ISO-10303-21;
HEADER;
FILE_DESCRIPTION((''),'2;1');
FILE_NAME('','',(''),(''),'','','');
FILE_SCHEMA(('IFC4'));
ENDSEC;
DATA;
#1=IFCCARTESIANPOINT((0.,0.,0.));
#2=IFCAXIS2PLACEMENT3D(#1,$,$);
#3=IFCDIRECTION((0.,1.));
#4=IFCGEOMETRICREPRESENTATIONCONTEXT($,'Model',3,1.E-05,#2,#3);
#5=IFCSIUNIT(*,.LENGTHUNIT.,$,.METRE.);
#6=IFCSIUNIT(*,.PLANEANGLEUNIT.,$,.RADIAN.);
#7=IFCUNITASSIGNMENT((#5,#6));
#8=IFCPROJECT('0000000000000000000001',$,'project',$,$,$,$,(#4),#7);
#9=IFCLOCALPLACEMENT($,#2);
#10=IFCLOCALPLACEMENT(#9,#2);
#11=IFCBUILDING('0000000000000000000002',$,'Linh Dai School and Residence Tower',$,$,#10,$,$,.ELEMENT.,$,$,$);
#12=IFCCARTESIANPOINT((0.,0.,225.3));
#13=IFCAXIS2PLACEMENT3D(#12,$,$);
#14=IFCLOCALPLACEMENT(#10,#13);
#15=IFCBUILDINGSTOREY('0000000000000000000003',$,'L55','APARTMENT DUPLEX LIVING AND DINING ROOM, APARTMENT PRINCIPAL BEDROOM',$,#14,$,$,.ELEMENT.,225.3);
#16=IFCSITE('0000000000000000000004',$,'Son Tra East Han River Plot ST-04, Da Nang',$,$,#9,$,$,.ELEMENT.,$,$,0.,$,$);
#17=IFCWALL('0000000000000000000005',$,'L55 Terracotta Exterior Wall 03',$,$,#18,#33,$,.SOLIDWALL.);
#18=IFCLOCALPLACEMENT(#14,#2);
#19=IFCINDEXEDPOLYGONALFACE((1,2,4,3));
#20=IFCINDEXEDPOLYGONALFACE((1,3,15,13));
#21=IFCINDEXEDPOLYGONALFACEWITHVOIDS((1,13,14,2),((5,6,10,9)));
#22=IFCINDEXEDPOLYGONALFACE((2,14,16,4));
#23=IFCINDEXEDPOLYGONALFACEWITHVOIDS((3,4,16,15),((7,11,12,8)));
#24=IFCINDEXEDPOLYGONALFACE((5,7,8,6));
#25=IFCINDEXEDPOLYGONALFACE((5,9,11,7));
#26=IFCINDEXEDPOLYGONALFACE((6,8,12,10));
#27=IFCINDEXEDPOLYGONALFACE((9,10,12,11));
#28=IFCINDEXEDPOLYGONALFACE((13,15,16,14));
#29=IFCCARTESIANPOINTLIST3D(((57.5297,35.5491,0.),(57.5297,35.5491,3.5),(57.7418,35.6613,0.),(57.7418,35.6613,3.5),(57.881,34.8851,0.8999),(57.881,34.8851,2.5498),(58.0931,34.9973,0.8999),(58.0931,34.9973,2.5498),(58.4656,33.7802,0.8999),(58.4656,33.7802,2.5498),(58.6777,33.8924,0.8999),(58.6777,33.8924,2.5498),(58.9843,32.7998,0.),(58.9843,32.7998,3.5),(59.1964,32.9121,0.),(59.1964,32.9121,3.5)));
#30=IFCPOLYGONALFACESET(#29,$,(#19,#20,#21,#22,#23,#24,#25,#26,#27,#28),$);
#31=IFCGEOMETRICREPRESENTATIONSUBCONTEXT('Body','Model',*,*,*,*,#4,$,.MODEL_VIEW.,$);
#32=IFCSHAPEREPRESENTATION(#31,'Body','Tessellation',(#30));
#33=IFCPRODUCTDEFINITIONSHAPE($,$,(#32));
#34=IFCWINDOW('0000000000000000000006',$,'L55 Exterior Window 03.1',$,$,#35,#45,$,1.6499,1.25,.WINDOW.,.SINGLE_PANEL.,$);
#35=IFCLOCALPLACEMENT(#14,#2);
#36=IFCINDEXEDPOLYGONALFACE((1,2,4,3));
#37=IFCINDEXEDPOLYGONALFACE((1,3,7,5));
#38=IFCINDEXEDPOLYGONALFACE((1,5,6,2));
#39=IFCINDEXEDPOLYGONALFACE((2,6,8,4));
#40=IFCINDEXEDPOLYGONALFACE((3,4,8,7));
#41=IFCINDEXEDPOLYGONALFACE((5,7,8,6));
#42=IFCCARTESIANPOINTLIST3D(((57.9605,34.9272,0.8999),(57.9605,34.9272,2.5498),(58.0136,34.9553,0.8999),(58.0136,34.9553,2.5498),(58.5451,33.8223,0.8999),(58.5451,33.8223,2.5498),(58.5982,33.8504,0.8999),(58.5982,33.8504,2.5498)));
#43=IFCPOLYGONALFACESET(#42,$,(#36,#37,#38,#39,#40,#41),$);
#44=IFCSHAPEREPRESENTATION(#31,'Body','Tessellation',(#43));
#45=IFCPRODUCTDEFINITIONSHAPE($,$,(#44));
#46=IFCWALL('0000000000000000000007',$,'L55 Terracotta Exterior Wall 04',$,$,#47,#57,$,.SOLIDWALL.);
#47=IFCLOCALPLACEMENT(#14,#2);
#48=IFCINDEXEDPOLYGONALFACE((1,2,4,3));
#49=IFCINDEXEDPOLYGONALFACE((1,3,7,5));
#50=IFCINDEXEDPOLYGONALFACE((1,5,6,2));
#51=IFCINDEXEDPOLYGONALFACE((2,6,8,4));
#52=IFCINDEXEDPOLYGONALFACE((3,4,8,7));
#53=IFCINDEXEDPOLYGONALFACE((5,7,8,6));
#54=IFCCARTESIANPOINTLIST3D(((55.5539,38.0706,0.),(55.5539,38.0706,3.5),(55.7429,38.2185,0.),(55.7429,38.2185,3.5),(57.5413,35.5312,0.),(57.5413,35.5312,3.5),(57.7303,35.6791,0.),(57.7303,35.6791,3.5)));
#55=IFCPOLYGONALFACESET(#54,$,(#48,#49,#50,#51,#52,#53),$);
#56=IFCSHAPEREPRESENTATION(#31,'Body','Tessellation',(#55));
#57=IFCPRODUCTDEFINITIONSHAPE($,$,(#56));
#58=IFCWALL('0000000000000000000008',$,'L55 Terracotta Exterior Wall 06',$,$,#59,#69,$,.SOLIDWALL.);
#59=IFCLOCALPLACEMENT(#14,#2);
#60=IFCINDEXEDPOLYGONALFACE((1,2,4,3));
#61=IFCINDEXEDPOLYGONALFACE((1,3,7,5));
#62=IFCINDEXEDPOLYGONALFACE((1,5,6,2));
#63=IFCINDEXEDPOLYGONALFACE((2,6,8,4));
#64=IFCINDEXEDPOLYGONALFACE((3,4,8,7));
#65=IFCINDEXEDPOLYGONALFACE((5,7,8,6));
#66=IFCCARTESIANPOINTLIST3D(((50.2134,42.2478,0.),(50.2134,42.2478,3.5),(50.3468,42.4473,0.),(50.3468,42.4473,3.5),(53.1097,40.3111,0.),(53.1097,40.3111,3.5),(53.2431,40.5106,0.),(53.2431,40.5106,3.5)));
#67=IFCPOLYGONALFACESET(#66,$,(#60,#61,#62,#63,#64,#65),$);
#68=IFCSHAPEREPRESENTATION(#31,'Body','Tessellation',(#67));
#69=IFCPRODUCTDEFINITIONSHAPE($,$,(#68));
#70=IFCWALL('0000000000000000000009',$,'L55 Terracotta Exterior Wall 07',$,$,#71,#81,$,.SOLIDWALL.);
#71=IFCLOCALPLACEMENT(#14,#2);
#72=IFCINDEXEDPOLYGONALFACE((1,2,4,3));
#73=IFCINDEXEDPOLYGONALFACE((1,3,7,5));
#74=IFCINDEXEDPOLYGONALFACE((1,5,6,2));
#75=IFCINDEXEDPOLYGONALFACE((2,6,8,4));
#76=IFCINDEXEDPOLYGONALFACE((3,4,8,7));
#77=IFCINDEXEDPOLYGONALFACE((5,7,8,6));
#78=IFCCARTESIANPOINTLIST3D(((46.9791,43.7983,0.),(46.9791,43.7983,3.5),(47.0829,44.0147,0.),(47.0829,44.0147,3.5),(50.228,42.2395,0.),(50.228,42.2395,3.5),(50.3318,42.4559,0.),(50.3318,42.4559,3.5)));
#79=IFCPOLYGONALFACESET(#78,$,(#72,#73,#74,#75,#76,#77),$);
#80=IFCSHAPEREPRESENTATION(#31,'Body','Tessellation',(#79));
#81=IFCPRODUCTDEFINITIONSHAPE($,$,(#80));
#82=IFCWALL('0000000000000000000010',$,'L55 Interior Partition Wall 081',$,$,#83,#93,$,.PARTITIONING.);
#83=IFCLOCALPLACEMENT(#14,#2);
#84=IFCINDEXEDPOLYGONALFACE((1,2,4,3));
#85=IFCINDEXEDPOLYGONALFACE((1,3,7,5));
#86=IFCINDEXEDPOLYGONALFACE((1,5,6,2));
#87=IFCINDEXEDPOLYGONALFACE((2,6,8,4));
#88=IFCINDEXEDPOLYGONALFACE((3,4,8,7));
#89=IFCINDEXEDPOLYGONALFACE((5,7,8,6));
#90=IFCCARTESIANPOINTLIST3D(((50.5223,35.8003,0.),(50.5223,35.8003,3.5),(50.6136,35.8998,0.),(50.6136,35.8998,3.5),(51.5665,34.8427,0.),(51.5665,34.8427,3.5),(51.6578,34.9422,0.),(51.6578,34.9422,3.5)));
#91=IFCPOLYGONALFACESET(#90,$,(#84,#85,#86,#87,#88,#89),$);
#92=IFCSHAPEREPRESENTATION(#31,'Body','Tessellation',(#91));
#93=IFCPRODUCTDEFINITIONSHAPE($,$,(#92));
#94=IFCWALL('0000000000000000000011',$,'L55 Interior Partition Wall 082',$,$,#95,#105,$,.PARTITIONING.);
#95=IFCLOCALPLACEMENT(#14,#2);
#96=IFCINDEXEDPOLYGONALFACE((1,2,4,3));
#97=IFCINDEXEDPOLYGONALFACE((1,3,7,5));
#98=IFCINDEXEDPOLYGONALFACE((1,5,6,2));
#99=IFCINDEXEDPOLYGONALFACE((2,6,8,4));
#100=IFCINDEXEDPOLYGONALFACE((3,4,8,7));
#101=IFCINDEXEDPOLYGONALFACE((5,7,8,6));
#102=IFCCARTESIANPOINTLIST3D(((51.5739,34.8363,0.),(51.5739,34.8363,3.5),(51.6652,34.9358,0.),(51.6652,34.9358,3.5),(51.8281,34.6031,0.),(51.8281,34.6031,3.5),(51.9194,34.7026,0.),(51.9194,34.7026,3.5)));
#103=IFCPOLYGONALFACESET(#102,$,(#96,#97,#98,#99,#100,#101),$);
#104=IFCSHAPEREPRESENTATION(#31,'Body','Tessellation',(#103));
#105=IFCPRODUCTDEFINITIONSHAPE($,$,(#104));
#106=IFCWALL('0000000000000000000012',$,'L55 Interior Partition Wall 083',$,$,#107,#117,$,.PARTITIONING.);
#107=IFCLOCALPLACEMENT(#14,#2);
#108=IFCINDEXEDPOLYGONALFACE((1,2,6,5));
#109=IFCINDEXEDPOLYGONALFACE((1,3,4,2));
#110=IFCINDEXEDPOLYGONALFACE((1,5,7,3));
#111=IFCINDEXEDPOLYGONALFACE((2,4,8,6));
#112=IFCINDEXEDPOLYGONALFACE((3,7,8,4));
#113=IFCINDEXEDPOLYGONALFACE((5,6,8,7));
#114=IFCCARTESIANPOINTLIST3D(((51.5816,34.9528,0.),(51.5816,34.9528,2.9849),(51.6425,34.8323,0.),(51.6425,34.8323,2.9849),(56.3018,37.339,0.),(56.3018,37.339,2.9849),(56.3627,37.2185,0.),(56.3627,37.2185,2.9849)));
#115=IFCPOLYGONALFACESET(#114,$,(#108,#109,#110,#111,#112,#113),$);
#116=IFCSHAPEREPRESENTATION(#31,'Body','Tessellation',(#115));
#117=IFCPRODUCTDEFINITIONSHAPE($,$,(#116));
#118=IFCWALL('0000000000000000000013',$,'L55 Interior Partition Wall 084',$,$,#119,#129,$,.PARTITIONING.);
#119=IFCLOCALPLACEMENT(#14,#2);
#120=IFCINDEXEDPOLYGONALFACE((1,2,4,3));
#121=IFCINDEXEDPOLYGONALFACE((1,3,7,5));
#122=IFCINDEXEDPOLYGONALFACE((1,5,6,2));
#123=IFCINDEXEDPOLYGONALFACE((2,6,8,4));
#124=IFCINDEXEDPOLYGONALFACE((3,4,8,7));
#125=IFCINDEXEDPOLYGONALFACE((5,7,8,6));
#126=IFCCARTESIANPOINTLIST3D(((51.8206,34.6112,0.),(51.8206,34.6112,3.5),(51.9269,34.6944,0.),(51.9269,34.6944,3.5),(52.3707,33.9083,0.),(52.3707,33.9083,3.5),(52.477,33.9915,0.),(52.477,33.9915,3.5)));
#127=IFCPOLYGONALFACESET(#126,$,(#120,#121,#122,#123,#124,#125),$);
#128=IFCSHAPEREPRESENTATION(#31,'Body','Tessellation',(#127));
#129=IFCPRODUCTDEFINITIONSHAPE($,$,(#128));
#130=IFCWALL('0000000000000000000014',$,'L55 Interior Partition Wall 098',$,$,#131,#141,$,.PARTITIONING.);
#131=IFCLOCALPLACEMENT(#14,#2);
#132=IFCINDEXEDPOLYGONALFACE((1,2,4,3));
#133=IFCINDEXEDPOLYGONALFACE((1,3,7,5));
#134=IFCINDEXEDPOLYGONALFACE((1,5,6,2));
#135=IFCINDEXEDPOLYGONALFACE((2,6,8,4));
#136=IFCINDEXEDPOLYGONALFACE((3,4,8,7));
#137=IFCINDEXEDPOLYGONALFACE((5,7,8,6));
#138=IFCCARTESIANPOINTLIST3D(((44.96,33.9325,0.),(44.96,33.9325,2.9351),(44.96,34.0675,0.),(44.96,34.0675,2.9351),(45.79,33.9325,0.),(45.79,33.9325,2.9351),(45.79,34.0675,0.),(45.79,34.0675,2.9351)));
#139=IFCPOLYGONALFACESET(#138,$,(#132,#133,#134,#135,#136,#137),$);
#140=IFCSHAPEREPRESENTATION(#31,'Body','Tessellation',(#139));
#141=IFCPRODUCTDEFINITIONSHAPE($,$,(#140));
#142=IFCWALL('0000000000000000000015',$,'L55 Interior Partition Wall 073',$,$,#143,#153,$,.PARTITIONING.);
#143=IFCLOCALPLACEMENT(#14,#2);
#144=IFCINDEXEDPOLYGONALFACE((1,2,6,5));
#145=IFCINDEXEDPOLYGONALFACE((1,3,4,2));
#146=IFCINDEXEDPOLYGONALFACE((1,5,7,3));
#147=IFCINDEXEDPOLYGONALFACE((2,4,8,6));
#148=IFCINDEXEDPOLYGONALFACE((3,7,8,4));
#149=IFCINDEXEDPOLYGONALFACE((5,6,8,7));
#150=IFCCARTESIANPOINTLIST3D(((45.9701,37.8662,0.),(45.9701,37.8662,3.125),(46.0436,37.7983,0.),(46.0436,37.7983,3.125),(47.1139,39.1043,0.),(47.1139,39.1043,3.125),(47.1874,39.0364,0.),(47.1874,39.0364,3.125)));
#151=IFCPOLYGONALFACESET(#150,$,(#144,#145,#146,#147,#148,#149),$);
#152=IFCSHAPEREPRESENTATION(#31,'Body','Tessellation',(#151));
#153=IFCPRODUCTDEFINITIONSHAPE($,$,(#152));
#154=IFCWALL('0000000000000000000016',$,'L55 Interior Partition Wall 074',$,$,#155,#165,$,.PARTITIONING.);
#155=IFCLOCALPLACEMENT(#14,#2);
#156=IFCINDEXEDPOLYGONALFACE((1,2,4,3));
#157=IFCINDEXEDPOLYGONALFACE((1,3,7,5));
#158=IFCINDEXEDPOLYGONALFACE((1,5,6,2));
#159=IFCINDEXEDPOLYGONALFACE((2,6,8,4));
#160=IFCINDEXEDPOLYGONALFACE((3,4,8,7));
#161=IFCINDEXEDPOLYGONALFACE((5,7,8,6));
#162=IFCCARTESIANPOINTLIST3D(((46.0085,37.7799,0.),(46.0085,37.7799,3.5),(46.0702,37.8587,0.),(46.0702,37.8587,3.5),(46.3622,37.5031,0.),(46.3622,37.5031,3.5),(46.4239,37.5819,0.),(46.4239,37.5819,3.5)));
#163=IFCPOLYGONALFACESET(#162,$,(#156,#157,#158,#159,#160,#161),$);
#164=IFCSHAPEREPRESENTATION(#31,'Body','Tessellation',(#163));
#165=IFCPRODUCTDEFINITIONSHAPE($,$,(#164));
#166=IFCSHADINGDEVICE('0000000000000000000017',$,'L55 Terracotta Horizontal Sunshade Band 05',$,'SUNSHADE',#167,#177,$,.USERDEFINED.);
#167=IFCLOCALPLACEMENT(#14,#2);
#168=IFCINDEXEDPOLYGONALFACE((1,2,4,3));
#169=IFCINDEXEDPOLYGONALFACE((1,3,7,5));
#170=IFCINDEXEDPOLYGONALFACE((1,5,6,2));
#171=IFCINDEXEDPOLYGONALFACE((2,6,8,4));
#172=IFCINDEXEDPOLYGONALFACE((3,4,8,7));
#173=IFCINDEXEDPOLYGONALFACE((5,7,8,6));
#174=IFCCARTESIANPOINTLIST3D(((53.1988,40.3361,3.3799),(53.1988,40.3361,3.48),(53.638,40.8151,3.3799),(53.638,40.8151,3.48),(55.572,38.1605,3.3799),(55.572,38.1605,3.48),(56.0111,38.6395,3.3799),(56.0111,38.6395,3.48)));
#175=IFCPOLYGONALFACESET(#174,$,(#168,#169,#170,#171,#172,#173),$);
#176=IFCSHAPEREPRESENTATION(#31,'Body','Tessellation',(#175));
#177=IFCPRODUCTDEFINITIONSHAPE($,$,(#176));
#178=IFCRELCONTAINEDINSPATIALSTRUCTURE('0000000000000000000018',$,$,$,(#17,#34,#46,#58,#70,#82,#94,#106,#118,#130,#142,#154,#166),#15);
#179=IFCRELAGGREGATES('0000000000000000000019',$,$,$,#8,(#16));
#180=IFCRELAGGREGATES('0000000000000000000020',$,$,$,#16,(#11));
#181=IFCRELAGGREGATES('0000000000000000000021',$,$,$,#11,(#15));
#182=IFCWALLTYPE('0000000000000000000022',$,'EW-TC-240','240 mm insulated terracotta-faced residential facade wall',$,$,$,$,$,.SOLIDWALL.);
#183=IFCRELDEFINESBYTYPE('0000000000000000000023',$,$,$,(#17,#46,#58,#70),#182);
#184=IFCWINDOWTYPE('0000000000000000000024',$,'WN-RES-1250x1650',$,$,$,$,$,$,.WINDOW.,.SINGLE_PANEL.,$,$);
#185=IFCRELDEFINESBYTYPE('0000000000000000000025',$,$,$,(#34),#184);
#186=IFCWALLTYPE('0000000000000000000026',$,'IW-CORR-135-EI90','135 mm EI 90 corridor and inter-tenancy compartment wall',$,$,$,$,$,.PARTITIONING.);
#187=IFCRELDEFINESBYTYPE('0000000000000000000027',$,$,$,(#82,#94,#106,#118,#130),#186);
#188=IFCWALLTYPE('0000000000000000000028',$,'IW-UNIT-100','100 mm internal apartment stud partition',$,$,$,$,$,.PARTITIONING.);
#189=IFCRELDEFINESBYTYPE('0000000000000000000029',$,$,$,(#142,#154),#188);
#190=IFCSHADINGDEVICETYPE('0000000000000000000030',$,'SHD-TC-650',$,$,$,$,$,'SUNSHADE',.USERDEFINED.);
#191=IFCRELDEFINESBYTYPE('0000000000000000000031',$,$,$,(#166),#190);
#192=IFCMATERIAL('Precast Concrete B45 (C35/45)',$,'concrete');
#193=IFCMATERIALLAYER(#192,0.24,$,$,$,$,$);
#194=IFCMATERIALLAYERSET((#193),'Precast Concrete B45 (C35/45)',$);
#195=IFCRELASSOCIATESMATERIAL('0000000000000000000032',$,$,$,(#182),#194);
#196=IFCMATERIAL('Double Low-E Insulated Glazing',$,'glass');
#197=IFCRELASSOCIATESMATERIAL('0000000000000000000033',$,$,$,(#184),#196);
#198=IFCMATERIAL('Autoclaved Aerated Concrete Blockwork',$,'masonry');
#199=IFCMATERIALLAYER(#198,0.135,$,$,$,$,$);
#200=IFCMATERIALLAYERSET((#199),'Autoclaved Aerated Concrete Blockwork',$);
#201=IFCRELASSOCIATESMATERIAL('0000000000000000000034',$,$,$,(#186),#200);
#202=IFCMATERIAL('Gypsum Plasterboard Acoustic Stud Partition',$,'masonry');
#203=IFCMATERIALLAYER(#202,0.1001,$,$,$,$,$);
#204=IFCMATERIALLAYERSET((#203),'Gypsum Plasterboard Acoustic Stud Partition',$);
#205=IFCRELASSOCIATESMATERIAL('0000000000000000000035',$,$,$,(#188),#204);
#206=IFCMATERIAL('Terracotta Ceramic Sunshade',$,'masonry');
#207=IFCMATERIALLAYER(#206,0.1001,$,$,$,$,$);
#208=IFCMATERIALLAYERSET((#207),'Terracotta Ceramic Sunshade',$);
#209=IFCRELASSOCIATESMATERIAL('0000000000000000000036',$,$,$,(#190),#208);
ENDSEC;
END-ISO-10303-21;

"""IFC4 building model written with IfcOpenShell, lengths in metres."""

from ifc_helpers import new_model, si_unit, direction, frame, frame_2d, origin, origin_2d, place, context, subcontext, project, spatial, rectangle, extrude, source, transform, mapped, material, layer, layer_set, type_object, element, fill, save


model = new_model("IFC4")

# Units and contexts
model_context = context("Model", 3, precision=1e-05, world=origin(), true_north=direction((0.0, 1.0)))
body_context = subcontext(model_context, "Body", "Model", "MODEL_VIEW")
ifc_project = project(units=[si_unit("LENGTHUNIT", "METRE"), si_unit("PLANEANGLEUNIT", "RADIAN")], contexts=[model_context])

# Site, building, storey
site_placement = place(None, origin())
site = spatial("IfcSite", under=ifc_project, at=site_placement, Name="Son Tra East Han River Plot ST-04, Da Nang", CompositionType="ELEMENT", RefElevation=0.0)
building_placement = place(site_placement, origin())
building = spatial("IfcBuilding", under=site, at=building_placement, Name="Linh Dai School and Residence Tower", CompositionType="ELEMENT")
storey_placement = place(building_placement, frame((0.0, 0.0, 225.3)))
storey = spatial("IfcBuildingStorey", under=building, at=storey_placement, Name="L55", Description="APARTMENT DUPLEX LIVING AND DINING ROOM, APARTMENT PRINCIPAL BEDROOM", CompositionType="ELEMENT", Elevation=225.3)

# Shared definitions
ifc_material_1 = material(Name="Precast Concrete B45 (C35/45)", Category="concrete")

# Wall, opening, window
ifc_layer_1 = layer(ifc_material_1, 0.24)
ifc_layer_set_1 = layer_set([ifc_layer_1], Name="Precast Concrete B45 (C35/45)")
wall_type_1 = type_object("IfcWallType", Name="EW-TC-240", Description="240 mm insulated terracotta-faced residential facade wall", PredefinedType="SOLIDWALL", material=ifc_layer_set_1)
wall_1_placement = place(storey_placement, frame((57.6357, 35.6052, 0.0), z_axis=(0.0, 0.0, 1.0), x_axis=(0.46766, -0.883908, 0.0)))
wall_1 = element("IfcWall", 1, at=wall_1_placement, inside=storey, type_object=wall_type_1, Name="L55 Terracotta Exterior Wall 03", PredefinedType="SOLIDWALL", context=body_context, shape_type="SweptSolid", body=[
    extrude(rectangle(XDim=3.1104, YDim=0.24, at=frame_2d((1.5552, 0.0))), origin(), (0.0, 0.0, 1.0), 3.5),
])
opening_1_placement = place(wall_1_placement, frame((0.7512, 0.0, 0.8999)))
opening_1 = element("IfcOpeningElement", 2, at=opening_1_placement, cuts=wall_1, PredefinedType="OPENING", context=body_context, shape_type="SweptSolid", body=[
    extrude(rectangle(XDim=1.25, YDim=1.6499, at=origin_2d()), frame((0.625, 0.1299, 0.825), z_axis=(0.0, -1.0, 0.0), x_axis=(1.0, 0.0, 0.0)), (0.0, 0.0, 1.0), 0.26),
])
ifc_material_2 = material(Name="Double Low-E Insulated Glazing", Category="glass")
window_type = type_object("IfcWindowType", Name="WN-RES-1250x1650", PartitioningType="SINGLE_PANEL", PredefinedType="WINDOW", material=ifc_material_2)
shared_shape_1 = source(origin(), body_context, "Body", "SweptSolid", [
    extrude(rectangle(XDim=1.25, YDim=1.6499, at=origin_2d()), frame((0.625, 0.03, 0.825), z_axis=(0.0, -1.0, 0.0), x_axis=(1.0, 0.0, 0.0)), (0.0, 0.0, 1.0), 0.0601),
])
window_placement = place(opening_1_placement, origin())
window = element("IfcWindow", 3, at=window_placement, inside=storey, type_object=window_type, Name="L55 Exterior Window 03.1", OverallHeight=1.6499, OverallWidth=1.25, PartitioningType="SINGLE_PANEL", PredefinedType="WINDOW", context=body_context, shape_type="MappedRepresentation", body=[
    mapped(shared_shape_1, transform((0.0, 0.0, 0.0), x_axis=(1.0, 0.0, 0.0), y_axis=(0.0, 1.0, 0.0), z_axis=(0.0, 0.0, 1.0), scale=1.0)),
])
fill(opening_1, window)

# Wall
wall_2_placement = place(storey_placement, frame((55.6484, 38.1445, 0.0), z_axis=(0.0, 0.0, 1.0), x_axis=(0.616312, -0.787502, 0.0)))
element("IfcWall", 4, at=wall_2_placement, inside=storey, type_object=wall_type_1, Name="L55 Terracotta Exterior Wall 04", PredefinedType="SOLIDWALL", context=body_context, shape_type="SweptSolid", body=[
    extrude(rectangle(XDim=3.2246, YDim=0.24, at=frame_2d((1.6123, 0.0))), origin(), (0.0, 0.0, 1.0), 3.5),
])

# Walls
wall_3_placement = place(storey_placement, frame((50.28, 42.3477, 0.0), z_axis=(0.0, 0.0, 1.0), x_axis=(0.831262, -0.55588, 0.0)))
element("IfcWall", 5, at=wall_3_placement, inside=storey, type_object=wall_type_1, Name="L55 Terracotta Exterior Wall 06", PredefinedType="SOLIDWALL", context=body_context, shape_type="SweptSolid", body=[
    extrude(rectangle(XDim=3.4841, YDim=0.24, at=frame_2d((1.7422, 0.0))), origin(), (0.0, 0.0, 1.0), 3.5),
])
wall_4_placement = place(storey_placement, frame((47.031, 43.9065, 0.0), z_axis=(0.0, 0.0, 1.0), x_axis=(0.901598, -0.432575, 0.0)))
element("IfcWall", 6, at=wall_4_placement, inside=storey, type_object=wall_type_1, Name="L55 Terracotta Exterior Wall 07", PredefinedType="SOLIDWALL", context=body_context, shape_type="SweptSolid", body=[
    extrude(rectangle(XDim=3.6035, YDim=0.24, at=frame_2d((1.8018, 0.0))), origin(), (0.0, 0.0, 1.0), 3.5),
])
ifc_material_3 = material(Name="Autoclaved Aerated Concrete Blockwork", Category="masonry")
ifc_layer_2 = layer(ifc_material_3, 0.135)
ifc_layer_set_2 = layer_set([ifc_layer_2], Name="Autoclaved Aerated Concrete Blockwork")
wall_type_2 = type_object("IfcWallType", Name="IW-CORR-135-EI90", Description="135 mm EI 90 corridor and inter-tenancy compartment wall", PredefinedType="PARTITIONING", material=ifc_layer_set_2)
wall_5_placement = place(storey_placement, frame((50.5679, 35.8501, 0.0), z_axis=(0.0, 0.0, 1.0), x_axis=(0.737033, -0.675857, 0.0)))
element("IfcWall", 7, at=wall_5_placement, inside=storey, type_object=wall_type_2, Name="L55 Interior Partition Wall 081", PredefinedType="PARTITIONING", context=body_context, shape_type="SweptSolid", body=[
    extrude(rectangle(XDim=1.4167, YDim=0.135, at=frame_2d((0.7085, 0.0))), origin(), (0.0, 0.0, 1.0), 3.5),
])
wall_6_placement = place(storey_placement, frame((51.6196, 34.886, 0.0), z_axis=(0.0, 0.0, 1.0), x_axis=(0.73689, -0.676013, 0.0)))
element("IfcWall", 8, at=wall_6_placement, inside=storey, type_object=wall_type_2, Name="L55 Interior Partition Wall 082", PredefinedType="PARTITIONING", context=body_context, shape_type="SweptSolid", body=[
    extrude(rectangle(XDim=0.345, YDim=0.135, at=frame_2d((0.1724, 0.0))), origin(), (0.0, 0.0, 1.0), 3.5),
])
wall_7_placement = place(storey_placement, frame((51.6121, 34.8926, 0.0), z_axis=(0.0, 0.0, 1.0), x_axis=(0.892443, 0.45116, 0.0)))
element("IfcWall", 9, at=wall_7_placement, inside=storey, type_object=wall_type_2, Name="L55 Interior Partition Wall 083", PredefinedType="PARTITIONING", context=body_context, shape_type="SweptSolid", body=[
    extrude(rectangle(XDim=5.2891, YDim=0.135, at=frame_2d((2.6445, 0.0))), origin(), (0.0, 0.0, 1.0), 2.9849),
])
wall_8_placement = place(storey_placement, frame((51.8738, 34.6528, 0.0), z_axis=(0.0, 0.0, 1.0), x_axis=(0.616286, -0.787522, 0.0)))
element("IfcWall", 10, at=wall_8_placement, inside=storey, type_object=wall_type_2, Name="L55 Interior Partition Wall 084", PredefinedType="PARTITIONING", context=body_context, shape_type="SweptSolid", body=[
    extrude(rectangle(XDim=0.8926, YDim=0.135, at=frame_2d((0.4463, 0.0))), origin(), (0.0, 0.0, 1.0), 3.5),
])
wall_9_placement = place(storey_placement, frame((45.79, 34.0, 0.0), z_axis=(0.0, 0.0, 1.0), x_axis=(-1.0, 0.0, 0.0)))
element("IfcWall", 11, at=wall_9_placement, inside=storey, type_object=wall_type_2, Name="L55 Interior Partition Wall 098", PredefinedType="PARTITIONING", context=body_context, shape_type="SweptSolid", body=[
    extrude(rectangle(XDim=0.8301, YDim=0.135, at=frame_2d((0.415, 0.0))), origin(), (0.0, 0.0, 1.0), 2.9351),
])
ifc_material_4 = material(Name="Gypsum Plasterboard Acoustic Stud Partition", Category="masonry")
ifc_layer_3 = layer(ifc_material_4, 0.1001)
ifc_layer_set_3 = layer_set([ifc_layer_3], Name="Gypsum Plasterboard Acoustic Stud Partition")
wall_type_3 = type_object("IfcWallType", Name="IW-UNIT-100", Description="100 mm internal apartment stud partition", PredefinedType="PARTITIONING", material=ifc_layer_set_3)
wall_10_placement = place(storey_placement, frame((46.0068, 37.8323, 0.0), z_axis=(0.0, 0.0, 1.0), x_axis=(0.678599, 0.734509, 0.0)))
element("IfcWall", 12, at=wall_10_placement, inside=storey, type_object=wall_type_3, Name="L55 Interior Partition Wall 073", PredefinedType="PARTITIONING", context=body_context, shape_type="SweptSolid", body=[
    extrude(rectangle(XDim=1.6855, YDim=0.1001, at=frame_2d((0.8428, 0.0))), origin(), (0.0, 0.0, 1.0), 3.125),
])
wall_11_placement = place(storey_placement, frame((46.0393, 37.8193, 0.0), z_axis=(0.0, 0.0, 1.0), x_axis=(0.787505, -0.616308, 0.0)))
element("IfcWall", 13, at=wall_11_placement, inside=storey, type_object=wall_type_3, Name="L55 Interior Partition Wall 074", PredefinedType="PARTITIONING", context=body_context, shape_type="SweptSolid", body=[
    extrude(rectangle(XDim=0.4492, YDim=0.1001, at=frame_2d((0.2246, 0.0))), origin(), (0.0, 0.0, 1.0), 3.5),
])

# Shading device
ifc_material_5 = material(Name="Terracotta Ceramic Sunshade", Category="masonry")
ifc_layer_4 = layer(ifc_material_5, 0.1001)
ifc_layer_set_4 = layer_set([ifc_layer_4], Name="Terracotta Ceramic Sunshade")
shading_device_type = type_object("IfcShadingDeviceType", Name="SHD-TC-650", ElementType="SUNSHADE", PredefinedType="USERDEFINED", material=ifc_layer_set_4)
shared_shape_2 = source(origin(), body_context, "Body", "SweptSolid", [
    extrude(rectangle(XDim=3.2195, YDim=0.6499, at=origin_2d()), origin(), (0.0, 0.0, 1.0), 0.1001),
])
shading_device_placement = place(storey_placement, frame((54.605, 39.4878, 3.3799), z_axis=(0.0, 0.0, 1.0), x_axis=(0.737124, -0.675758, 0.0)))
element("IfcShadingDevice", 14, at=shading_device_placement, inside=storey, type_object=shading_device_type, Name="L55 Terracotta Horizontal Sunshade Band 05", ObjectType="SUNSHADE", PredefinedType="USERDEFINED", context=body_context, shape_type="MappedRepresentation", body=[
    mapped(shared_shape_2, transform((0.0, 0.0, 0.0), x_axis=(1.0, 0.0, 0.0), y_axis=(0.0, 1.0, 0.0), z_axis=(0.0, 0.0, 1.0), scale=1.0)),
])

save(model, "model.ifc")
